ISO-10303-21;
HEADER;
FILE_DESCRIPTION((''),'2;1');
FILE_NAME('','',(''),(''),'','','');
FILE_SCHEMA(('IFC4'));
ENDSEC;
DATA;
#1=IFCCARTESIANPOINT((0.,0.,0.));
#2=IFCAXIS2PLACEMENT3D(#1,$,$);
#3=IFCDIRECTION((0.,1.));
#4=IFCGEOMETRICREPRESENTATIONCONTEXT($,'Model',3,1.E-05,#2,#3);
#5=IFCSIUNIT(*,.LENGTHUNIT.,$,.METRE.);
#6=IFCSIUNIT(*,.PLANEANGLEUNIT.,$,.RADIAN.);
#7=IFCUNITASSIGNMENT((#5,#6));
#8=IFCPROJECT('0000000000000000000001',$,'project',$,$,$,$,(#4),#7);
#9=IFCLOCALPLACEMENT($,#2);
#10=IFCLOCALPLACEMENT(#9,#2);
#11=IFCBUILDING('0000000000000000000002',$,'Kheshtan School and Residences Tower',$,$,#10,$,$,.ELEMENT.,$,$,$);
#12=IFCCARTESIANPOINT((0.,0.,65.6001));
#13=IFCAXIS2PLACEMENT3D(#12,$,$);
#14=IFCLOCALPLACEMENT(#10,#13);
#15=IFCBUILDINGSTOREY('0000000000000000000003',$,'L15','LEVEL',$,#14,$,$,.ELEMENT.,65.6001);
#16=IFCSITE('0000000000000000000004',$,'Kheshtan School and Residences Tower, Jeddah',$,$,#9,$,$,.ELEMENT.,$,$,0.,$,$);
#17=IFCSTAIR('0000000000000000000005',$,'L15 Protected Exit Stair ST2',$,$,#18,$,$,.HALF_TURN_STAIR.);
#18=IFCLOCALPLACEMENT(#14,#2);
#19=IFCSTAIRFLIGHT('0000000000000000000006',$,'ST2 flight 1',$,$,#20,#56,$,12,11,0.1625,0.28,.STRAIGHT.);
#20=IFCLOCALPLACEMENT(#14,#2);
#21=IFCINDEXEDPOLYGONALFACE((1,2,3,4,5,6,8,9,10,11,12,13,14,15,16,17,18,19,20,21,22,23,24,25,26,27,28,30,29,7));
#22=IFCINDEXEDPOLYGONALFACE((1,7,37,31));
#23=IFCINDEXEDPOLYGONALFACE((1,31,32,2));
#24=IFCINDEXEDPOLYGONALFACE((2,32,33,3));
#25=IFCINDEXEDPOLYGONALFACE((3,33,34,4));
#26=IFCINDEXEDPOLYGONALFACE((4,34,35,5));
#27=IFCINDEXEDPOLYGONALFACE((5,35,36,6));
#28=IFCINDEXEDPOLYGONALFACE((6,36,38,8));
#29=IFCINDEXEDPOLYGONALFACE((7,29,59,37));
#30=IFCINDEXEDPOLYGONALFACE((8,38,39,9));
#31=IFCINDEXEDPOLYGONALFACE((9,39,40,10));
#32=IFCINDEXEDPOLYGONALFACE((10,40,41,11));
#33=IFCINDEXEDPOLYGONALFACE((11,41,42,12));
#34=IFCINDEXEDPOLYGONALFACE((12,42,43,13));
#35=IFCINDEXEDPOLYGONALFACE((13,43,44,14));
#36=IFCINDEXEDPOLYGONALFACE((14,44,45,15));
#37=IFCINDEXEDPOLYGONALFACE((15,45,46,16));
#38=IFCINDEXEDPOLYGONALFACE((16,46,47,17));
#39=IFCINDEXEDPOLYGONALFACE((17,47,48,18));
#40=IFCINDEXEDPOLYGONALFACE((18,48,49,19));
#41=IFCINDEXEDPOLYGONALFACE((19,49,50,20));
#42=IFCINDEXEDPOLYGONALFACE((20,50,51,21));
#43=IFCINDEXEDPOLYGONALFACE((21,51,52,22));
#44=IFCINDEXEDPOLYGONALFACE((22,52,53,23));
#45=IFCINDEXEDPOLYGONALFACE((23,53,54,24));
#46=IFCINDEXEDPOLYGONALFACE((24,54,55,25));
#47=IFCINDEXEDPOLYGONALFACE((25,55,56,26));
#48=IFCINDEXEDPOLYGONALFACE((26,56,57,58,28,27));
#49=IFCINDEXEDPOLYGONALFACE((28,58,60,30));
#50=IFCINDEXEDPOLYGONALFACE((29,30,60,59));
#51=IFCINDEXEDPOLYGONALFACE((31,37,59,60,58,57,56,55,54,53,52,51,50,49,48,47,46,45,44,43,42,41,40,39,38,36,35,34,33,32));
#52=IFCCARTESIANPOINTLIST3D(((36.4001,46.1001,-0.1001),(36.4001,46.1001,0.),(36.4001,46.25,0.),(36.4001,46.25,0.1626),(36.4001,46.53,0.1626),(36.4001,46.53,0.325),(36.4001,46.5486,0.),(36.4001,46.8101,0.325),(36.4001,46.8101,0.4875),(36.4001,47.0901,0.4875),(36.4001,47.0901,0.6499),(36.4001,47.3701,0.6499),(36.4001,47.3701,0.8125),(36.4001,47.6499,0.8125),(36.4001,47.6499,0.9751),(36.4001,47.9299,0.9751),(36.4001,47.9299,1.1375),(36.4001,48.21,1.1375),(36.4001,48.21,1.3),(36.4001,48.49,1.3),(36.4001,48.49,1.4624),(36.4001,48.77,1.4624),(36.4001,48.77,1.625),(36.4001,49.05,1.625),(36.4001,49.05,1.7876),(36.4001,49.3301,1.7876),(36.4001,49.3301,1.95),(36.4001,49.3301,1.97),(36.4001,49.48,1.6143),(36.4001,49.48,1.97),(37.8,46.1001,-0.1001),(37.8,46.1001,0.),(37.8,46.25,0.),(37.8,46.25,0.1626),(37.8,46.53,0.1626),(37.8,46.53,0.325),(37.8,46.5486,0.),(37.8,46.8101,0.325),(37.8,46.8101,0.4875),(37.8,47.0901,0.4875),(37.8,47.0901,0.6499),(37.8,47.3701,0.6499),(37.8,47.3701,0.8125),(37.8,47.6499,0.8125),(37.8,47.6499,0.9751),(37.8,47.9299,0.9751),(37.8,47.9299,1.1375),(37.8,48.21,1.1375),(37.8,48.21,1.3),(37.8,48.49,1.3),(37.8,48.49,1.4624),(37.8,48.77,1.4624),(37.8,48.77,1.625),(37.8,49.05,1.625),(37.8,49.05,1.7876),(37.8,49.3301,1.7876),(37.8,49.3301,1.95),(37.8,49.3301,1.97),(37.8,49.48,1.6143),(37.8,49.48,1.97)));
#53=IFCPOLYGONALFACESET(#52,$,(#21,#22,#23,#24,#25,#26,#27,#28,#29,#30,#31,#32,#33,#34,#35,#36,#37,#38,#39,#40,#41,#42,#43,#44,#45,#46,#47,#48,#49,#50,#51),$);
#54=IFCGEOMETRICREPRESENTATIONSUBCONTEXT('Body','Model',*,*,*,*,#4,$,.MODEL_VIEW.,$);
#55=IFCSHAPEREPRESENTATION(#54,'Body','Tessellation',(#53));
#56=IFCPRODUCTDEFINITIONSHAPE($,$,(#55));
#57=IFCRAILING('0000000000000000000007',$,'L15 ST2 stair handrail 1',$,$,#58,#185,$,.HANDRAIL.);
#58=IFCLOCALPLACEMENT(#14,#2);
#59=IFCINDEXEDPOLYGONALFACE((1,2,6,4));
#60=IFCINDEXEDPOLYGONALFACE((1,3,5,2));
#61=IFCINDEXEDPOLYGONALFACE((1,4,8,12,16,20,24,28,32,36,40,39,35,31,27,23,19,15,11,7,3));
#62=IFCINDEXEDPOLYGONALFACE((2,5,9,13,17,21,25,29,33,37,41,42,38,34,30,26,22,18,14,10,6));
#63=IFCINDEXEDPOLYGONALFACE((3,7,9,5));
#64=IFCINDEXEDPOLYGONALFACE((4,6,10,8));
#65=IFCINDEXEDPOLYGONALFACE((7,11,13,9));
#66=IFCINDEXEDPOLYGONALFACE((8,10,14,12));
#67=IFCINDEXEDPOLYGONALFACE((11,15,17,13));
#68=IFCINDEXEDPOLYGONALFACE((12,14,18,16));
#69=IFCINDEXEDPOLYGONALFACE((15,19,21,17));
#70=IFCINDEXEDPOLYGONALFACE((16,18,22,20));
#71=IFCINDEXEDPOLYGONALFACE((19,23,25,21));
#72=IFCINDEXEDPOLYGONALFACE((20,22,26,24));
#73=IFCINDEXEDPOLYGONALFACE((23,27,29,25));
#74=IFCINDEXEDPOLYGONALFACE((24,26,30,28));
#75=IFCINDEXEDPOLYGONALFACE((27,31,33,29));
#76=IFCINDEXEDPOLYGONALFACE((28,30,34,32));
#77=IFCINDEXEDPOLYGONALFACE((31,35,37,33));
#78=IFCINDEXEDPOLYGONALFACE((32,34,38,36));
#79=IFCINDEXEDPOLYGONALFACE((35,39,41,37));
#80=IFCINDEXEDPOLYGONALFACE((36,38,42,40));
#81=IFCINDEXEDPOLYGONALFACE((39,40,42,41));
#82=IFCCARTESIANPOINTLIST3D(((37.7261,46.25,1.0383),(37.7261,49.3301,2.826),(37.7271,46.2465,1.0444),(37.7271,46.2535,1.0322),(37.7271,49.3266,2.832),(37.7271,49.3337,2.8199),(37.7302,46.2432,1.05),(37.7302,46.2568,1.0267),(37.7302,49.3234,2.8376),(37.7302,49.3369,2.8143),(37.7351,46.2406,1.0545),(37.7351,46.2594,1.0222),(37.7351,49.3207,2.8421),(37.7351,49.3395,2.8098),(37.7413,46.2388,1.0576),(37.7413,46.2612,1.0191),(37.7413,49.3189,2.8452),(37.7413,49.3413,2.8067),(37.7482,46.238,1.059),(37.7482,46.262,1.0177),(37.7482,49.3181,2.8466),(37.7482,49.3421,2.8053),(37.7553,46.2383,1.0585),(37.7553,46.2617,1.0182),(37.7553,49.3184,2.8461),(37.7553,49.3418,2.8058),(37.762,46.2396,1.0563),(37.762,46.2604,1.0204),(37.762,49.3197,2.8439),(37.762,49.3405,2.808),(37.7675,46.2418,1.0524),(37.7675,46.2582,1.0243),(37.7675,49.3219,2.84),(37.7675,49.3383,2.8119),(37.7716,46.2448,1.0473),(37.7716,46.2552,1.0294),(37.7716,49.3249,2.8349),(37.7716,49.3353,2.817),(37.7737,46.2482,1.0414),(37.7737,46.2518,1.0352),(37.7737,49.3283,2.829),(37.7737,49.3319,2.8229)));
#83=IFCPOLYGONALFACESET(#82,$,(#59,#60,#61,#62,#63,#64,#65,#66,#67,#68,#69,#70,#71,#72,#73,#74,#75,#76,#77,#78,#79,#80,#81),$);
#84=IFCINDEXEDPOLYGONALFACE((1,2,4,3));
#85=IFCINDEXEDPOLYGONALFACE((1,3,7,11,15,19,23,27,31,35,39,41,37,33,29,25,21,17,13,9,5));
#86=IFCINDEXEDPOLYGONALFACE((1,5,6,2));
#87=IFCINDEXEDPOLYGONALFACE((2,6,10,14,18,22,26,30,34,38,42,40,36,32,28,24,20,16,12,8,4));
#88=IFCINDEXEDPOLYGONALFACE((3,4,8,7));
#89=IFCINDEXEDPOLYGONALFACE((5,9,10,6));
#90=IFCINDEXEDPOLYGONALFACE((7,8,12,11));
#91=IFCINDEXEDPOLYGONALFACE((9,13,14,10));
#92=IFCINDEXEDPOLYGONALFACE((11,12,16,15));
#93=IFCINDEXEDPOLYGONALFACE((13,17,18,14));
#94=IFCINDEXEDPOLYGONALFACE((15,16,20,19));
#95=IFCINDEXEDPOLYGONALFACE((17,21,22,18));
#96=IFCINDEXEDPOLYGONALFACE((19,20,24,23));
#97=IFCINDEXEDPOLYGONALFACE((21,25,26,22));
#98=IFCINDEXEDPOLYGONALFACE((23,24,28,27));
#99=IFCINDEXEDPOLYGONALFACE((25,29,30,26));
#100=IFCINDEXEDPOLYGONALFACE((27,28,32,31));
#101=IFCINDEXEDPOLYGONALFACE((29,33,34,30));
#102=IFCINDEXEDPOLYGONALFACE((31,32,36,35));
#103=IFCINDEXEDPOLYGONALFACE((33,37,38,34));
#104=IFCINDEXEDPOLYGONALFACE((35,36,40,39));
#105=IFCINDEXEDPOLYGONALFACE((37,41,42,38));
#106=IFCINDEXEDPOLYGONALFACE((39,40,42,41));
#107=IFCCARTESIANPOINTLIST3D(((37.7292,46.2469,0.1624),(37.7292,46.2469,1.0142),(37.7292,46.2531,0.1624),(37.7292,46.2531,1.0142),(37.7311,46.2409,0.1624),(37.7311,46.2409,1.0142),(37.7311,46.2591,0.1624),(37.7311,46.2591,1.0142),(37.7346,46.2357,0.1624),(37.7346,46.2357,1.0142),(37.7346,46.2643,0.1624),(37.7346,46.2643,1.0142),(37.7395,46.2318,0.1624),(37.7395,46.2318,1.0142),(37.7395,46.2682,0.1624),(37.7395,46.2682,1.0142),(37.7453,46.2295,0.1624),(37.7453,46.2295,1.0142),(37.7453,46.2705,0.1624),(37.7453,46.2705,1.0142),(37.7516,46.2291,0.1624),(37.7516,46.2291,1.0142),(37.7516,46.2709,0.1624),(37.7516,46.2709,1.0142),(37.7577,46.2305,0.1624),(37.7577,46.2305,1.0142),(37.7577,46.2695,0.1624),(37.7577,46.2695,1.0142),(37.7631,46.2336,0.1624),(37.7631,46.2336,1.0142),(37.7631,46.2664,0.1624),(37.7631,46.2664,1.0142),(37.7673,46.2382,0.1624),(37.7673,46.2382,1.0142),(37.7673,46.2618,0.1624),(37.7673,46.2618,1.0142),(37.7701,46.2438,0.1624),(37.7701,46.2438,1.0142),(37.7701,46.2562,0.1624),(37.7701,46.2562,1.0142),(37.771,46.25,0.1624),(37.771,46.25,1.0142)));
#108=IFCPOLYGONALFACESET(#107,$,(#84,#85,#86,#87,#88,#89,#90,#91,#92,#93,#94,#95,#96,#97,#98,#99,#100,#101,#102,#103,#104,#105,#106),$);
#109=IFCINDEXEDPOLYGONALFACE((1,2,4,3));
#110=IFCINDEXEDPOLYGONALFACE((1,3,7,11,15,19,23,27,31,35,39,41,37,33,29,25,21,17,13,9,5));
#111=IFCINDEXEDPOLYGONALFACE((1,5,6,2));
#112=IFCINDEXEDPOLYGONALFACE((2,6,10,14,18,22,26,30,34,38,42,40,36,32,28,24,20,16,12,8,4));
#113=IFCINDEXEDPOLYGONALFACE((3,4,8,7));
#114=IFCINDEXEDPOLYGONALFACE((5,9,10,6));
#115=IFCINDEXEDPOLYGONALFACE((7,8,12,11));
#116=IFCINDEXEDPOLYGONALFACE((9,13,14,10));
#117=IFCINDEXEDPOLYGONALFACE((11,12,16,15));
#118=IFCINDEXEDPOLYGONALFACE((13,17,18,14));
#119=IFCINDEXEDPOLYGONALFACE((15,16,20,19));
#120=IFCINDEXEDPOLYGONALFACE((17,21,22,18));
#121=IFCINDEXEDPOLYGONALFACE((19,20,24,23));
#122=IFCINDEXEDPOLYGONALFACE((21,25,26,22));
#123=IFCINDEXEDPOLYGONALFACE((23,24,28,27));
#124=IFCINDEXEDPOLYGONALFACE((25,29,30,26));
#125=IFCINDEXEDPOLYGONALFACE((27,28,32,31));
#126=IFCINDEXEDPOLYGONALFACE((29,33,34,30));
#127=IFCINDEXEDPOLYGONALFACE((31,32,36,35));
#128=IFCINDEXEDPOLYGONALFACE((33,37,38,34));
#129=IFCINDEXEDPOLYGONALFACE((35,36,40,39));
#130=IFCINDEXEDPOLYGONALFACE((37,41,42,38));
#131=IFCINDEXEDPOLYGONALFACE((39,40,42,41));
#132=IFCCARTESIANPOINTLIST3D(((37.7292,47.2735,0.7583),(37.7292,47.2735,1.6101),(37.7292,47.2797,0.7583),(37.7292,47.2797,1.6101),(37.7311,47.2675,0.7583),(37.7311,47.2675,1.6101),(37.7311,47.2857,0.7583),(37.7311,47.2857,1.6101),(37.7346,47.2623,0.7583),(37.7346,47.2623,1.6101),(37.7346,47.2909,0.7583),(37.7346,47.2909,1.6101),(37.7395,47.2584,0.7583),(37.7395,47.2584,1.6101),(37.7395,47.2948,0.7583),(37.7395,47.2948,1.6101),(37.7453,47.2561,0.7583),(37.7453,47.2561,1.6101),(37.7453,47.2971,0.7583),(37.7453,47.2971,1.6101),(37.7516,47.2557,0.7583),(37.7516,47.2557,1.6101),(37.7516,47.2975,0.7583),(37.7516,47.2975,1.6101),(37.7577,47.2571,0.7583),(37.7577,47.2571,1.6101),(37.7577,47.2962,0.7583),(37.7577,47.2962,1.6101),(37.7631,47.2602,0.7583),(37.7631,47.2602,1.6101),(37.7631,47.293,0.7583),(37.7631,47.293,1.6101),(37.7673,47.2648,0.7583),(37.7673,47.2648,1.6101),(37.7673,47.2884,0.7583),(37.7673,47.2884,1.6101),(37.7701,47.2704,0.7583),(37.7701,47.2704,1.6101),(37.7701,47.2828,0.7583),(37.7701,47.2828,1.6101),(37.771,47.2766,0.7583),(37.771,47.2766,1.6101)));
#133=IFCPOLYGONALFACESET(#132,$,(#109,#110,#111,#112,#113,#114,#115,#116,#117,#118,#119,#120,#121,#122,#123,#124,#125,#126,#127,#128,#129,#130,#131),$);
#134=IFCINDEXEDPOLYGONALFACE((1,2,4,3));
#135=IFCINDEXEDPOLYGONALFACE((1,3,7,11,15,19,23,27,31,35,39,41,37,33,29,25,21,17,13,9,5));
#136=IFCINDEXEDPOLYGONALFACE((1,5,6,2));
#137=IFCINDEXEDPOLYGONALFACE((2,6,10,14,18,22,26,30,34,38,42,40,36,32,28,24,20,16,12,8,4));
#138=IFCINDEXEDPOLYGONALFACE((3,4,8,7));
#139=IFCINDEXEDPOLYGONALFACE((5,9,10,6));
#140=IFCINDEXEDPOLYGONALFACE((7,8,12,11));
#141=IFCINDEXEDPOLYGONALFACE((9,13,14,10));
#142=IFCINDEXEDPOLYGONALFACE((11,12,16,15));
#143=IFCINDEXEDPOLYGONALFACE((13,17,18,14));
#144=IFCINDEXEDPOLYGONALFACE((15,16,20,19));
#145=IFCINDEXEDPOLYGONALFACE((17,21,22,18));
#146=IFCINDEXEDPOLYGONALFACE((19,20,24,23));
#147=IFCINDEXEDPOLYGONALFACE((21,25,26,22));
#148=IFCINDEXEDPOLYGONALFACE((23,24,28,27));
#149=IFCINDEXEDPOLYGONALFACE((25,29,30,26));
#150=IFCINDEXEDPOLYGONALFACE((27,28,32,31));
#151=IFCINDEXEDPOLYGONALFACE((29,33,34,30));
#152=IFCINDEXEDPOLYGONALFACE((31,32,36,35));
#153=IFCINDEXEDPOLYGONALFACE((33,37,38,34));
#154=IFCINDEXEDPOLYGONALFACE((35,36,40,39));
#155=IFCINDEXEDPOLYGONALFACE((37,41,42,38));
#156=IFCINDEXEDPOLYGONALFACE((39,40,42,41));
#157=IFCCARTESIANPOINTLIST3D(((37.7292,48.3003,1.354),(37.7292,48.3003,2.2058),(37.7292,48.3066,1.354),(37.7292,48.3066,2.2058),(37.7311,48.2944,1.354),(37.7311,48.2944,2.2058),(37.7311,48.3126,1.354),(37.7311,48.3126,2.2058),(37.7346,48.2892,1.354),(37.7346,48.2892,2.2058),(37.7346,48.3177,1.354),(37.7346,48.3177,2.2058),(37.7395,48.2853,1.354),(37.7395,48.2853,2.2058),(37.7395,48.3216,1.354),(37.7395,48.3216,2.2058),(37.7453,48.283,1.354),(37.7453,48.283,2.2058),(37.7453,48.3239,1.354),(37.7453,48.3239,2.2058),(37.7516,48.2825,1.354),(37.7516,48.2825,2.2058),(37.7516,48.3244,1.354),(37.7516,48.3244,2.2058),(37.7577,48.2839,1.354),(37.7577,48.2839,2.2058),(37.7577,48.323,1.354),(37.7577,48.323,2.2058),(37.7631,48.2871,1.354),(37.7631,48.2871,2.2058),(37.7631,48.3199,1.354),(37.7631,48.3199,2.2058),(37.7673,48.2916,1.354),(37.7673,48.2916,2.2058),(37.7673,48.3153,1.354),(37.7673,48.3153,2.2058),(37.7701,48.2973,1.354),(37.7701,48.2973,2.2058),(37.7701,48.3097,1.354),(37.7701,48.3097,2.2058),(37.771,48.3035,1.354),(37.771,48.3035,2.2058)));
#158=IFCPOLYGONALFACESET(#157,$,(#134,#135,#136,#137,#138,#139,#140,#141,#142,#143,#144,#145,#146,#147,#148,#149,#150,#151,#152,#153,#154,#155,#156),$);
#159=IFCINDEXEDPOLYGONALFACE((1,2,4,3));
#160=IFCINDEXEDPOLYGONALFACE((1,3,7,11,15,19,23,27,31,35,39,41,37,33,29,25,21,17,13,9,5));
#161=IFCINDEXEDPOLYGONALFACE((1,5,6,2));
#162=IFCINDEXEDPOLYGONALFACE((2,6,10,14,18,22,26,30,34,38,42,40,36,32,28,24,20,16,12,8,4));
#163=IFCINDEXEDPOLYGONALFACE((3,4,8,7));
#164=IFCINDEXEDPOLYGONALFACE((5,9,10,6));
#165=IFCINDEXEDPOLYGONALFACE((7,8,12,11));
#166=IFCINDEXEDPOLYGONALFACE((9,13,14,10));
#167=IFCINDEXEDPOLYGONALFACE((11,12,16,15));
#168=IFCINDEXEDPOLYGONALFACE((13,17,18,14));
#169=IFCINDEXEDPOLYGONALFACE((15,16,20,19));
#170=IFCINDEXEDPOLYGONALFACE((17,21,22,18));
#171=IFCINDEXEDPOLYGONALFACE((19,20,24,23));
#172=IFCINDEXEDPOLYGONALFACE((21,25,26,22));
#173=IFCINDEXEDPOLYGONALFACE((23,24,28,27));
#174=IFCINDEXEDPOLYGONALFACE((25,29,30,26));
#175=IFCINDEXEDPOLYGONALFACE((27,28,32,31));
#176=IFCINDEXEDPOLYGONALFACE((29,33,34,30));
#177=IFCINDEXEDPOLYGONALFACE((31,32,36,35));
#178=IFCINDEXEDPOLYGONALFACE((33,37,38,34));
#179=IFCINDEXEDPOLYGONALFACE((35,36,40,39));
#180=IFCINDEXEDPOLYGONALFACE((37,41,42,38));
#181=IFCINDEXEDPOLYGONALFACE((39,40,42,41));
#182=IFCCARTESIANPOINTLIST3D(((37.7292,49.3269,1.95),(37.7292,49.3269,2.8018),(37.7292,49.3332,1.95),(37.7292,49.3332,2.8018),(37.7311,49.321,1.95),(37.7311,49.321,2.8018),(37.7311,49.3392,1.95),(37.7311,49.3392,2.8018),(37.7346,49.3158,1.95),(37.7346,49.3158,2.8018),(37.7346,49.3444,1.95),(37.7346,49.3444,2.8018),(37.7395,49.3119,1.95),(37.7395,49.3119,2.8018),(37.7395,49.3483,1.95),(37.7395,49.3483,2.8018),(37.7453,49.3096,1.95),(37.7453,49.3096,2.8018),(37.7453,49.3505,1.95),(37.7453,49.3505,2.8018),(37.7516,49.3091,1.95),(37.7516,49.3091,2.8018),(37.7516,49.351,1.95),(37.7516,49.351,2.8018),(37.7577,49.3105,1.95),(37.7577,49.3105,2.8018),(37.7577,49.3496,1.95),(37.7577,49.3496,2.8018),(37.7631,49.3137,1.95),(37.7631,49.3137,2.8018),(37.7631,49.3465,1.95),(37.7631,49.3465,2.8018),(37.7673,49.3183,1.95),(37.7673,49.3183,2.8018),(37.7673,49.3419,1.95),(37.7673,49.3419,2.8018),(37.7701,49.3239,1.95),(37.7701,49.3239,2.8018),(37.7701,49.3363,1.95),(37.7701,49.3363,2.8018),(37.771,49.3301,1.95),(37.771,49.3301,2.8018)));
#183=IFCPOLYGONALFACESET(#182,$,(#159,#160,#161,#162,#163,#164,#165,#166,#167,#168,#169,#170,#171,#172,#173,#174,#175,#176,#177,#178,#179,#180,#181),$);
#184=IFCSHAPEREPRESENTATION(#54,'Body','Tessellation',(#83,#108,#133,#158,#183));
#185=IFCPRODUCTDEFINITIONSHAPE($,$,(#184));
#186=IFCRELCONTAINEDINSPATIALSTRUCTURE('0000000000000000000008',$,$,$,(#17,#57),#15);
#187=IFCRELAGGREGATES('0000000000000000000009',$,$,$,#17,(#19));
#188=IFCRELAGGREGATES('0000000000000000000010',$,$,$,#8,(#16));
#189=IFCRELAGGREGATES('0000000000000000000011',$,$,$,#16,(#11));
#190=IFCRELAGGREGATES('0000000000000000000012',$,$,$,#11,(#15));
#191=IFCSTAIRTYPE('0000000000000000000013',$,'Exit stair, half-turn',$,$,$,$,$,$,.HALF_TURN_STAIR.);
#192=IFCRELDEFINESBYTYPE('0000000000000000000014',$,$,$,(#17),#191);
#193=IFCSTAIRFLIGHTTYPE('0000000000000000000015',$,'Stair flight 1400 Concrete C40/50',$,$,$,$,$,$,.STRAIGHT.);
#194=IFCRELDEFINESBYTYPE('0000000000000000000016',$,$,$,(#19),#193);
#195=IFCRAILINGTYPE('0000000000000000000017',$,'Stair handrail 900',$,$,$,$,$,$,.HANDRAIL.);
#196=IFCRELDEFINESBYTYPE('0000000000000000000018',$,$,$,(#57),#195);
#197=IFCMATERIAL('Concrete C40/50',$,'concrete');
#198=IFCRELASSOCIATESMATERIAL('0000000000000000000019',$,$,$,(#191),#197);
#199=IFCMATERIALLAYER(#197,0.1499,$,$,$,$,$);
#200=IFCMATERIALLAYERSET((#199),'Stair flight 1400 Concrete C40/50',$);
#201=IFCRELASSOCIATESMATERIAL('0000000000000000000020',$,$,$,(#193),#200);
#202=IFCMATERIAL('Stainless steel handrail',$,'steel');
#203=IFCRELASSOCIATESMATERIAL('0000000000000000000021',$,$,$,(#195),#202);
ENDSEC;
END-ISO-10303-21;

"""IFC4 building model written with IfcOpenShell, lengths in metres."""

from ifc_helpers import new_model, si_unit, direction, frame, origin, origin_2d, place, context, subcontext, project, spatial, polyline, circle, outline, extrude, material, layer, layer_set, type_object, element, aggregate, save


model = new_model("IFC4")

# Units and contexts
model_context = context("Model", 3, precision=1e-05, world=origin(), true_north=direction((0.0, 1.0)))
body_context = subcontext(model_context, "Body", "Model", "MODEL_VIEW")
ifc_project = project(units=[si_unit("LENGTHUNIT", "METRE"), si_unit("PLANEANGLEUNIT", "RADIAN")], contexts=[model_context])

# Site, building, storey
site_placement = place(None, origin())
site = spatial("IfcSite", under=ifc_project, at=site_placement, Name="Kheshtan School and Residences Tower, Jeddah", CompositionType="ELEMENT", RefElevation=0.0)
building_placement = place(site_placement, origin())
building = spatial("IfcBuilding", under=site, at=building_placement, Name="Kheshtan School and Residences Tower", CompositionType="ELEMENT")
storey_placement = place(building_placement, frame((0.0, 0.0, 65.6001)))
storey = spatial("IfcBuildingStorey", under=building, at=storey_placement, Name="L15", Description="LEVEL", CompositionType="ELEMENT", Elevation=65.6001)

# Stair, stair flight
ifc_material_1 = material(Name="Concrete C40/50", Category="concrete")
stair_type = type_object("IfcStairType", Name="Exit stair, half-turn", PredefinedType="HALF_TURN_STAIR", material=ifc_material_1)
stair_placement = place(storey_placement, origin())
stair = element("IfcStair", 1, at=stair_placement, inside=storey, type_object=stair_type, Name="L15 Protected Exit Stair ST2", PredefinedType="HALF_TURN_STAIR")
ifc_layer_1 = layer(ifc_material_1, 0.1499)
ifc_layer_set_1 = layer_set([ifc_layer_1], Name="Stair flight 1400 Concrete C40/50")
stair_flight_type = type_object("IfcStairFlightType", Name="Stair flight 1400 Concrete C40/50", PredefinedType="STRAIGHT", material=ifc_layer_set_1)
stair_flight_placement = place(storey_placement, frame((37.1001, 46.25, 0.0), z_axis=(0.0, 0.0, 1.0), x_axis=(0.0, 1.0, 0.0)))
stair_flight = element("IfcStairFlight", 2, at=stair_flight_placement, type_object=stair_flight_type, Name="ST2 flight 1", NumberOfRisers=12, NumberOfTreads=11, PredefinedType="STRAIGHT", RiserHeight=0.1625, TreadLength=0.28, context=body_context, shape_type="SweptSolid", body=[
    extrude(outline(polyline([(-0.1499, -0.1001), (-0.1499, 0.0), (0.0, 0.0), (0.0, 0.1626), (0.28, 0.1626), (0.28, 0.325), (0.5601, 0.325), (0.5601, 0.4875), (0.8401, 0.4875), (0.8401, 0.6499), (1.1201, 0.6499), (1.1201, 0.8125), (1.3999, 0.8125), (1.3999, 0.9751), (1.6799, 0.9751), (1.6799, 1.1375), (1.96, 1.1375), (1.96, 1.3), (2.24, 1.3), (2.24, 1.4624), (2.52, 1.4624), (2.52, 1.625), (2.8, 1.625), (2.8, 1.7876), (3.0801, 1.7876), (3.0801, 1.95), (3.0801, 1.97), (3.23, 1.97), (3.23, 1.6143), (0.2986, 0.0), (-0.1499, -0.1001)])), frame((0.0, 0.7, 0.0), z_axis=(0.0, -1.0, 0.0), x_axis=(1.0, 0.0, 0.0)), (0.0, 0.0, 1.0), 1.3999),
])
aggregate(stair, [stair_flight])

# Railing
ifc_material_2 = material(Name="Stainless steel handrail", Category="steel")
railing_type = type_object("IfcRailingType", Name="Stair handrail 900", PredefinedType="HANDRAIL", material=ifc_material_2)
railing_placement = place(storey_placement, frame((37.75, 46.25, 0.1624)))
element("IfcRailing", 3, at=railing_placement, inside=storey, type_object=railing_type, Name="L15 ST2 stair handrail 1", PredefinedType="HANDRAIL", context=body_context, shape_type="SweptSolid", body=[
    extrude(circle(Radius=0.0239, at=origin_2d()), frame((0.0, 0.0, 0.876), z_axis=(0.0, 0.864891, 0.50196), x_axis=(-1.0, 0.0, 0.0)), (0.0, 0.0, 1.0), 3.5613),
    extrude(circle(Radius=0.021, at=origin_2d()), origin(), (0.0, 0.0, 1.0), 0.8518),
    extrude(circle(Radius=0.021, at=origin_2d()), frame((0.0, 1.0266, 0.5959)), (0.0, 0.0, 1.0), 0.8518),
    extrude(circle(Radius=0.021, at=origin_2d()), frame((0.0, 2.0535, 1.1917)), (0.0, 0.0, 1.0), 0.8518),
    extrude(circle(Radius=0.021, at=origin_2d()), frame((0.0, 3.0801, 1.7876)), (0.0, 0.0, 1.0), 0.8518),
])

save(model, "model.ifc")
